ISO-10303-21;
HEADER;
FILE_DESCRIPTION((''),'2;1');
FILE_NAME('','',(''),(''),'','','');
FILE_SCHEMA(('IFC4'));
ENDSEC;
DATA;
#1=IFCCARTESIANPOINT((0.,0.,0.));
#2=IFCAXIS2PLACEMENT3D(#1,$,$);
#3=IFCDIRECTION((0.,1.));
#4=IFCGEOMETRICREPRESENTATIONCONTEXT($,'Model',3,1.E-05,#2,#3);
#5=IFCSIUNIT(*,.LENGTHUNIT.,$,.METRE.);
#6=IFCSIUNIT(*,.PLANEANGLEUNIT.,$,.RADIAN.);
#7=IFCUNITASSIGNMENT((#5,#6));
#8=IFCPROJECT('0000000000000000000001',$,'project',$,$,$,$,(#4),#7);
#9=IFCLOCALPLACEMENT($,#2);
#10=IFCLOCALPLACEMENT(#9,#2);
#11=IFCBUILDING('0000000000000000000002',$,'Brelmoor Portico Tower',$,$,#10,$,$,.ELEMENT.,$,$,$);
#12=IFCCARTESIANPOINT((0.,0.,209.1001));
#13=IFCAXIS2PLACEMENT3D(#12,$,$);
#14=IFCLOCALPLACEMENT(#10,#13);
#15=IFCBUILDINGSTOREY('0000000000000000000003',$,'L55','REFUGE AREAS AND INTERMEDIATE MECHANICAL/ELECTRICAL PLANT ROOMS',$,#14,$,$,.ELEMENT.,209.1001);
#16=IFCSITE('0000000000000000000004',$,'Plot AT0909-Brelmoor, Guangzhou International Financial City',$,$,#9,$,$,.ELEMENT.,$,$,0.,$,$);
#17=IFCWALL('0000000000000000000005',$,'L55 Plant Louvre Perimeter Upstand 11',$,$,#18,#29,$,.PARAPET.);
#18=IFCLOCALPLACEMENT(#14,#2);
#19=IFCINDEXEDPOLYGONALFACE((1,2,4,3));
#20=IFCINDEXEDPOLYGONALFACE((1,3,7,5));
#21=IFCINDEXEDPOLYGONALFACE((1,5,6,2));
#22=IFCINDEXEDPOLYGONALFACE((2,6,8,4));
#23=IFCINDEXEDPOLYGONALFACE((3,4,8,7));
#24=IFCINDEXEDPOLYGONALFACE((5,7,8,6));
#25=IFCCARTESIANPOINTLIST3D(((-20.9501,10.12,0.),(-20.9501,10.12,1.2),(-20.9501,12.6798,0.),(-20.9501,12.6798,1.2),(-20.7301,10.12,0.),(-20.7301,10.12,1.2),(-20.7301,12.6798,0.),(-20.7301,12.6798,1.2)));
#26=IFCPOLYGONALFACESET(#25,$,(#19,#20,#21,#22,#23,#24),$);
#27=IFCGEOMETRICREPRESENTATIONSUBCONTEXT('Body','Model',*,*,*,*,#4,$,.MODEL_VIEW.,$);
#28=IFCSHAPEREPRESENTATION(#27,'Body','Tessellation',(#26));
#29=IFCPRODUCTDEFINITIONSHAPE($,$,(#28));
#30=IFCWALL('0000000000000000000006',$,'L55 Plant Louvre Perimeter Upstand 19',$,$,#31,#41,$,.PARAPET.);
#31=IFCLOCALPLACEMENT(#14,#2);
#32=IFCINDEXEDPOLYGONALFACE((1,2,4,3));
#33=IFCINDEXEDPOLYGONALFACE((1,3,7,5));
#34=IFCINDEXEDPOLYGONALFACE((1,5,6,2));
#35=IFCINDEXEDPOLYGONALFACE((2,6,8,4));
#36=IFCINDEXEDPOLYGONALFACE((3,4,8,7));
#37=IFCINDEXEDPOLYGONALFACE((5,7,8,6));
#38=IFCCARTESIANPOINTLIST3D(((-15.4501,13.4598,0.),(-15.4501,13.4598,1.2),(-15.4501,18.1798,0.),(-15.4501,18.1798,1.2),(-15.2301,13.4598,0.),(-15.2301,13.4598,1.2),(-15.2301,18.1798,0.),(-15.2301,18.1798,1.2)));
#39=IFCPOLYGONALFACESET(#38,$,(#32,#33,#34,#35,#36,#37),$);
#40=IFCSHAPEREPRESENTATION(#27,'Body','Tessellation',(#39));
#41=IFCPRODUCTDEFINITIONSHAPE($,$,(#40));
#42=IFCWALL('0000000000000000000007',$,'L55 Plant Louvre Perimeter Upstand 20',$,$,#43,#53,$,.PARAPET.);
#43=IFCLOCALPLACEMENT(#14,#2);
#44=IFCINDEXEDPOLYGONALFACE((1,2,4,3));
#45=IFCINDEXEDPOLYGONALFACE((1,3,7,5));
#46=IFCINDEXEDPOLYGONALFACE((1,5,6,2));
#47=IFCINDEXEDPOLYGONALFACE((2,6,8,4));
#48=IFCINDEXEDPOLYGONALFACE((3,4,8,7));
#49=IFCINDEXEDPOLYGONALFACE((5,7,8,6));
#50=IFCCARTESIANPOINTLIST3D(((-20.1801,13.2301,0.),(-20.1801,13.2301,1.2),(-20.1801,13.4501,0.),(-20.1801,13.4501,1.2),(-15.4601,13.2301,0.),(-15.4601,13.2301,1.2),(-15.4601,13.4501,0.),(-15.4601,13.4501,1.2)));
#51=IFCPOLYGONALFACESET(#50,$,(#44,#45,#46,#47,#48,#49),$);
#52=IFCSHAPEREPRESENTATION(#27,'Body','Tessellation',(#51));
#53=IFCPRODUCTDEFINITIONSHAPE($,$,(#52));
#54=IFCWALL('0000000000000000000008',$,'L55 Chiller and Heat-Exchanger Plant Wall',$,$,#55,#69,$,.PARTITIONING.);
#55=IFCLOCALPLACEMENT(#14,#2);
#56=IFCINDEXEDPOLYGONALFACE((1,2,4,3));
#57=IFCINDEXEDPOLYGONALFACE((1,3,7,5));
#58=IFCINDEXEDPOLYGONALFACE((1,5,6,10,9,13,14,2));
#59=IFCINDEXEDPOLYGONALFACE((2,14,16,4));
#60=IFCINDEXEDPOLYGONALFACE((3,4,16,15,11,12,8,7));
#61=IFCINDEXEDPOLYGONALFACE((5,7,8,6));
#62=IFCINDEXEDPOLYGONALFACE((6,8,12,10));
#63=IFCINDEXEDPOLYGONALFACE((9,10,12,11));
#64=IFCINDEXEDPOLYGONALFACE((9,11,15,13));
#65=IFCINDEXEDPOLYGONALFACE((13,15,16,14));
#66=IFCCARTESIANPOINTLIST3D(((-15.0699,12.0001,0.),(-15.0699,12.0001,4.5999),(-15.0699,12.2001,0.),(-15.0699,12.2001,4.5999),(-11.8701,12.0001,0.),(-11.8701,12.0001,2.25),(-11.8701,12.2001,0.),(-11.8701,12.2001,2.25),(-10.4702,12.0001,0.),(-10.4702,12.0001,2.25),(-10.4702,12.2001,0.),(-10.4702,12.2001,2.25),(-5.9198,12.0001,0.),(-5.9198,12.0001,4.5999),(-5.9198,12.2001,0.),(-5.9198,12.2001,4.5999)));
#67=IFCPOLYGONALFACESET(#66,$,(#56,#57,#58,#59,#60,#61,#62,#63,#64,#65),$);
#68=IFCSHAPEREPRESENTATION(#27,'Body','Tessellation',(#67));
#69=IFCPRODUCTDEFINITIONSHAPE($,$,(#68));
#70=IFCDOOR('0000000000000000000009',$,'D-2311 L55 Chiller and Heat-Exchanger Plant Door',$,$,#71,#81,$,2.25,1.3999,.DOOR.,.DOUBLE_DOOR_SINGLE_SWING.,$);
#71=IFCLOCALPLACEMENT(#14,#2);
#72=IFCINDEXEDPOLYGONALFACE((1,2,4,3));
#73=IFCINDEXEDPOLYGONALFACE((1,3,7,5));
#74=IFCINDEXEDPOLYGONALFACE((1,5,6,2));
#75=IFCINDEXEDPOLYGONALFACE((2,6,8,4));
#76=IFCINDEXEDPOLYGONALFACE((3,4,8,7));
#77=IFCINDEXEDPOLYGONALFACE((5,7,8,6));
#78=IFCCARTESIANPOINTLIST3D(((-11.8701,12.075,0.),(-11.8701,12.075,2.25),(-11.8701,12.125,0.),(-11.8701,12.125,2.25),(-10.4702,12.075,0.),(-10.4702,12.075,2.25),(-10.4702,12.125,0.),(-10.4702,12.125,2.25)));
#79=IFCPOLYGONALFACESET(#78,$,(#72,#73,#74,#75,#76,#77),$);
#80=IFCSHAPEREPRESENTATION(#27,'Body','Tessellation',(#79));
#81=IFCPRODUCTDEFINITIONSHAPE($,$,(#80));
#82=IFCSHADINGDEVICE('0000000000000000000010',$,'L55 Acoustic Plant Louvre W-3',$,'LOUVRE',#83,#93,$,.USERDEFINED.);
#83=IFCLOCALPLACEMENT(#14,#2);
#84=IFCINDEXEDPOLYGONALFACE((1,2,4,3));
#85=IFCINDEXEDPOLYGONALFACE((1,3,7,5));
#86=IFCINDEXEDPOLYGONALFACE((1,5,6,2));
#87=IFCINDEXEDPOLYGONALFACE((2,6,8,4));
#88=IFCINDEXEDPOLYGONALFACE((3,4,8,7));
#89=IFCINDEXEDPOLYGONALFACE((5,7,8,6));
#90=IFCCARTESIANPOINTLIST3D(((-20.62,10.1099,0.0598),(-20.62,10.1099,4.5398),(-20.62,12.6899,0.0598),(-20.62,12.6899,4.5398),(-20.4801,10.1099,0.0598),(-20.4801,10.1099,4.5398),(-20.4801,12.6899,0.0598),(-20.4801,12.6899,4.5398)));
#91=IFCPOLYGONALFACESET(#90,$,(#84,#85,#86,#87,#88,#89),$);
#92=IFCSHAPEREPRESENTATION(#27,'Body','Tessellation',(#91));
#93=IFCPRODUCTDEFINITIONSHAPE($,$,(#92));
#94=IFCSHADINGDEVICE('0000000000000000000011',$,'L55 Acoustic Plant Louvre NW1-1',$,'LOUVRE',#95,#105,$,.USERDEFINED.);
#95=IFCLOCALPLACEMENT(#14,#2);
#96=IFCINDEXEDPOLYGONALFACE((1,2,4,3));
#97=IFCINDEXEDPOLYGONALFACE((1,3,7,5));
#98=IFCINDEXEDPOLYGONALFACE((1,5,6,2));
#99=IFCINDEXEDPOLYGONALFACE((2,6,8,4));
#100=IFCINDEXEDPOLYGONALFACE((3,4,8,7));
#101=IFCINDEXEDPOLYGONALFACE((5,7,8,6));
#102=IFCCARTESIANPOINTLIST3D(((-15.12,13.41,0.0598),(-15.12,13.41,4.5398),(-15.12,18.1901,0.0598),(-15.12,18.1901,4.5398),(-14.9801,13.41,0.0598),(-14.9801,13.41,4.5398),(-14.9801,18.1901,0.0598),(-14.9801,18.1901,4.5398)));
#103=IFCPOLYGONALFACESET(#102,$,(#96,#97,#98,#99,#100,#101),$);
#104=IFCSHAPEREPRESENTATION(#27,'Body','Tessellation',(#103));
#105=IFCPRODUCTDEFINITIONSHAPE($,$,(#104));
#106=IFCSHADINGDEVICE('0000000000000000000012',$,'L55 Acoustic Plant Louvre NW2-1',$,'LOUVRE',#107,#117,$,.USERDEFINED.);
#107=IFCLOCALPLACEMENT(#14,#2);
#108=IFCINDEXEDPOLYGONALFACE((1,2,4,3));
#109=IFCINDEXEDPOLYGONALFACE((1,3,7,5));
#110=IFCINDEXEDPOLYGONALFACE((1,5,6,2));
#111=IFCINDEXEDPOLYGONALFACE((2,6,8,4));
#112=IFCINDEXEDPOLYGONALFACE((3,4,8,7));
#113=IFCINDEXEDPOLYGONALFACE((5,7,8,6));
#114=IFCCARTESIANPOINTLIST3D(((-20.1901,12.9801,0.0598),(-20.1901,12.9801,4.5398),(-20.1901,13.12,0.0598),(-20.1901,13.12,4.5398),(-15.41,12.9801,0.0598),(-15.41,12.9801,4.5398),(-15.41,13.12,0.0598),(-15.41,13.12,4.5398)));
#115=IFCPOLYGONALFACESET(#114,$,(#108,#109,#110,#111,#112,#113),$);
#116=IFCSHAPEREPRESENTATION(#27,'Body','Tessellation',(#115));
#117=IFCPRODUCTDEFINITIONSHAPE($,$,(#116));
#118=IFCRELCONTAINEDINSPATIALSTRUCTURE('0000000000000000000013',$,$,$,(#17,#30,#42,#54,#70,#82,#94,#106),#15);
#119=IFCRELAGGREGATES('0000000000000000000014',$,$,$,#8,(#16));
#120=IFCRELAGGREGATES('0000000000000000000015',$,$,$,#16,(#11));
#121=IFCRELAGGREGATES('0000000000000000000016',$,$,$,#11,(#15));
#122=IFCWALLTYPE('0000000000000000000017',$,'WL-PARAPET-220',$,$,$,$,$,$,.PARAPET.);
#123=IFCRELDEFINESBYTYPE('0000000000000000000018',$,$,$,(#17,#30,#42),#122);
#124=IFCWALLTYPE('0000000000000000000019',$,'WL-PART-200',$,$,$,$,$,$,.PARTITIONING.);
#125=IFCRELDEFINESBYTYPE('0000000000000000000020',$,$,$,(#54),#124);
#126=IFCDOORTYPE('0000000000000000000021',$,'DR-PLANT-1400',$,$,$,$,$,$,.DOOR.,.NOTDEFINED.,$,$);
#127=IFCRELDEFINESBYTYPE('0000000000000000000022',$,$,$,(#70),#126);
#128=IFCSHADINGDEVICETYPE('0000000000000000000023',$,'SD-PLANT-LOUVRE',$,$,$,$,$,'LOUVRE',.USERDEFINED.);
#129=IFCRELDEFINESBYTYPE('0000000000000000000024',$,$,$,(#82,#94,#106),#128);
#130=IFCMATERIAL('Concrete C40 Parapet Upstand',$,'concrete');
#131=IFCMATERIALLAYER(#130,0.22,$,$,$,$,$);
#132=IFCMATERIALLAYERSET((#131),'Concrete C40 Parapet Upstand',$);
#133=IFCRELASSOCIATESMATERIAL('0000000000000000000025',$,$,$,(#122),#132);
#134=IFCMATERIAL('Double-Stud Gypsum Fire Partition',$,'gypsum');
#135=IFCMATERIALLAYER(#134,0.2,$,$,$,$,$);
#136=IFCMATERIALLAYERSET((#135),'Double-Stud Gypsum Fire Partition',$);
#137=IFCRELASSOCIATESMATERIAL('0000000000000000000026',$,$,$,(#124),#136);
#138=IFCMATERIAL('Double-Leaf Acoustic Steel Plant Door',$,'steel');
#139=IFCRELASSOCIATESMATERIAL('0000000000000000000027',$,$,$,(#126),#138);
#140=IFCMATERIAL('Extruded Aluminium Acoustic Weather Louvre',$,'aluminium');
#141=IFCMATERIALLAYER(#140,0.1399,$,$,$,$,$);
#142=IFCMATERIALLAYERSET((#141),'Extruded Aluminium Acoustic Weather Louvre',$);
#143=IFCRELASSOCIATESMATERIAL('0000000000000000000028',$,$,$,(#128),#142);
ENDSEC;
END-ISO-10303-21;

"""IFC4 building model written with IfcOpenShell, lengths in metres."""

from ifc_helpers import new_model, si_unit, direction, frame, frame_2d, origin, origin_2d, place, context, subcontext, project, spatial, rectangle, extrude, material, layer, layer_set, type_object, element, fill, save


model = new_model("IFC4")

# Units and contexts
model_context = context("Model", 3, precision=1e-05, world=origin(), true_north=direction((0.0, 1.0)))
body_context = subcontext(model_context, "Body", "Model", "MODEL_VIEW")
ifc_project = project(units=[si_unit("LENGTHUNIT", "METRE"), si_unit("PLANEANGLEUNIT", "RADIAN")], contexts=[model_context])

# Site, building, storey
site_placement = place(None, origin())
site = spatial("IfcSite", under=ifc_project, at=site_placement, Name="Plot AT0909-Brelmoor, Guangzhou International Financial City", CompositionType="ELEMENT", RefElevation=0.0)
building_placement = place(site_placement, origin())
building = spatial("IfcBuilding", under=site, at=building_placement, Name="Brelmoor Portico Tower", CompositionType="ELEMENT")
storey_placement = place(building_placement, frame((0.0, 0.0, 209.1001)))
storey = spatial("IfcBuildingStorey", under=building, at=storey_placement, Name="L55", Description="REFUGE AREAS AND INTERMEDIATE MECHANICAL/ELECTRICAL PLANT ROOMS", CompositionType="ELEMENT", Elevation=209.1001)

# Walls
ifc_material_1 = material(Name="Concrete C40 Parapet Upstand", Category="concrete")
ifc_layer_1 = layer(ifc_material_1, 0.22)
ifc_layer_set_1 = layer_set([ifc_layer_1], Name="Concrete C40 Parapet Upstand")
wall_type_1 = type_object("IfcWallType", Name="WL-PARAPET-220", PredefinedType="PARAPET", material=ifc_layer_set_1)
wall_1_placement = place(storey_placement, frame((-20.8401, 10.1201, 0.0), z_axis=(0.0, 0.0, 1.0), x_axis=(0.0, 1.0, 0.0)))
element("IfcWall", 1, at=wall_1_placement, inside=storey, type_object=wall_type_1, Name="L55 Plant Louvre Perimeter Upstand 11", PredefinedType="PARAPET", context=body_context, shape_type="SweptSolid", body=[
    extrude(rectangle(XDim=2.5598, YDim=0.22, at=frame_2d((1.2798, 0.0))), origin(), (0.0, 0.0, 1.0), 1.2),
])
for number, where, z_axis, x_axis, name in (
    (2, (-15.3401, 13.46, 0.0), (0.0, 0.0, 1.0), (0.0, 1.0, 0.0), "L55 Plant Louvre Perimeter Upstand 19"),
    (3, (-20.1799, 13.3401, 0.0), (0.0, 0.0, 1.0), (1.0, 0.0, 0.0), "L55 Plant Louvre Perimeter Upstand 20"),
):
    element("IfcWall", number, at=place(storey_placement, frame(where, z_axis=z_axis, x_axis=x_axis)), inside=storey, type_object=wall_type_1, Name=name, PredefinedType="PARAPET", context=body_context, shape_type="SweptSolid", body=[
        extrude(rectangle(XDim=4.72, YDim=0.22, at=frame_2d((2.3599, 0.0))), origin(), (0.0, 0.0, 1.0), 1.2),
    ])

# Wall, opening, door
ifc_material_2 = material(Name="Double-Stud Gypsum Fire Partition", Category="gypsum")
ifc_layer_2 = layer(ifc_material_2, 0.2)
ifc_layer_set_2 = layer_set([ifc_layer_2], Name="Double-Stud Gypsum Fire Partition")
wall_type_2 = type_object("IfcWallType", Name="WL-PART-200", PredefinedType="PARTITIONING", material=ifc_layer_set_2)
wall_2_placement = place(storey_placement, frame((-15.0701, 12.1001, 0.0), z_axis=(0.0, 0.0, 1.0), x_axis=(1.0, 0.0, 0.0)))
wall_2 = element("IfcWall", 4, at=wall_2_placement, inside=storey, type_object=wall_type_2, Name="L55 Chiller and Heat-Exchanger Plant Wall", PredefinedType="PARTITIONING", context=body_context, shape_type="SweptSolid", body=[
    extrude(rectangle(XDim=9.1501, YDim=0.2, at=frame_2d((4.5752, 0.0))), origin(), (0.0, 0.0, 1.0), 4.5999),
])
opening_placement = place(wall_2_placement, frame((3.2, 0.0, 0.0)))
opening = element("IfcOpeningElement", 5, at=opening_placement, cuts=wall_2, PredefinedType="OPENING", context=body_context, shape_type="SweptSolid", body=[
    extrude(rectangle(XDim=1.3999, YDim=2.25, at=frame_2d((0.7, 1.125))), frame((0.0, 0.1099, 0.0), z_axis=(0.0, -1.0, 0.0), x_axis=(1.0, 0.0, 0.0)), (0.0, 0.0, 1.0), 0.22),
])
ifc_material_3 = material(Name="Double-Leaf Acoustic Steel Plant Door", Category="steel")
door_type = type_object("IfcDoorType", Name="DR-PLANT-1400", OperationType="NOTDEFINED", PredefinedType="DOOR", material=ifc_material_3)
door_placement = place(opening_placement, origin())
door = element("IfcDoor", 6, at=door_placement, inside=storey, type_object=door_type, Name="D-2311 L55 Chiller and Heat-Exchanger Plant Door", OperationType="DOUBLE_DOOR_SINGLE_SWING", OverallHeight=2.25, OverallWidth=1.3999, PredefinedType="DOOR", context=body_context, shape_type="SweptSolid", body=[
    extrude(rectangle(XDim=1.3999, YDim=2.25, at=frame_2d((0.7, 1.125))), frame((0.0, 0.0249, 0.0), z_axis=(0.0, -1.0, 0.0), x_axis=(1.0, 0.0, 0.0)), (0.0, 0.0, 1.0), 0.05),
])
fill(opening, door)

# Shading devices
ifc_material_4 = material(Name="Extruded Aluminium Acoustic Weather Louvre", Category="aluminium")
ifc_layer_3 = layer(ifc_material_4, 0.1399)
ifc_layer_set_3 = layer_set([ifc_layer_3], Name="Extruded Aluminium Acoustic Weather Louvre")
shading_device_type = type_object("IfcShadingDeviceType", Name="SD-PLANT-LOUVRE", ElementType="LOUVRE", PredefinedType="USERDEFINED", material=ifc_layer_set_3)
shading_device_placement = place(storey_placement, frame((-20.55, 11.3999, 0.0598), z_axis=(0.0, 0.0, 1.0), x_axis=(0.0, 1.0, 0.0)))
element("IfcShadingDevice", 7, at=shading_device_placement, inside=storey, type_object=shading_device_type, Name="L55 Acoustic Plant Louvre W-3", ObjectType="LOUVRE", PredefinedType="USERDEFINED", context=body_context, shape_type="SweptSolid", body=[
    extrude(rectangle(XDim=2.5801, YDim=0.1399, at=origin_2d()), origin(), (0.0, 0.0, 1.0), 4.48),
])
for number, where, z_axis, x_axis, name in (
    (8, (-15.05, 15.8, 0.0598), (0.0, 0.0, 1.0), (0.0, 1.0, 0.0), "L55 Acoustic Plant Louvre NW1-1"),
    (9, (-17.8, 13.05, 0.0598), (0.0, 0.0, 1.0), (1.0, 0.0, 0.0), "L55 Acoustic Plant Louvre NW2-1"),
):
    element("IfcShadingDevice", number, at=place(storey_placement, frame(where, z_axis=z_axis, x_axis=x_axis)), inside=storey, type_object=shading_device_type, Name=name, ObjectType="LOUVRE", PredefinedType="USERDEFINED", context=body_context, shape_type="SweptSolid", body=[
        extrude(rectangle(XDim=4.78, YDim=0.1399, at=origin_2d()), origin(), (0.0, 0.0, 1.0), 4.48),
    ])

save(model, "model.ifc")
